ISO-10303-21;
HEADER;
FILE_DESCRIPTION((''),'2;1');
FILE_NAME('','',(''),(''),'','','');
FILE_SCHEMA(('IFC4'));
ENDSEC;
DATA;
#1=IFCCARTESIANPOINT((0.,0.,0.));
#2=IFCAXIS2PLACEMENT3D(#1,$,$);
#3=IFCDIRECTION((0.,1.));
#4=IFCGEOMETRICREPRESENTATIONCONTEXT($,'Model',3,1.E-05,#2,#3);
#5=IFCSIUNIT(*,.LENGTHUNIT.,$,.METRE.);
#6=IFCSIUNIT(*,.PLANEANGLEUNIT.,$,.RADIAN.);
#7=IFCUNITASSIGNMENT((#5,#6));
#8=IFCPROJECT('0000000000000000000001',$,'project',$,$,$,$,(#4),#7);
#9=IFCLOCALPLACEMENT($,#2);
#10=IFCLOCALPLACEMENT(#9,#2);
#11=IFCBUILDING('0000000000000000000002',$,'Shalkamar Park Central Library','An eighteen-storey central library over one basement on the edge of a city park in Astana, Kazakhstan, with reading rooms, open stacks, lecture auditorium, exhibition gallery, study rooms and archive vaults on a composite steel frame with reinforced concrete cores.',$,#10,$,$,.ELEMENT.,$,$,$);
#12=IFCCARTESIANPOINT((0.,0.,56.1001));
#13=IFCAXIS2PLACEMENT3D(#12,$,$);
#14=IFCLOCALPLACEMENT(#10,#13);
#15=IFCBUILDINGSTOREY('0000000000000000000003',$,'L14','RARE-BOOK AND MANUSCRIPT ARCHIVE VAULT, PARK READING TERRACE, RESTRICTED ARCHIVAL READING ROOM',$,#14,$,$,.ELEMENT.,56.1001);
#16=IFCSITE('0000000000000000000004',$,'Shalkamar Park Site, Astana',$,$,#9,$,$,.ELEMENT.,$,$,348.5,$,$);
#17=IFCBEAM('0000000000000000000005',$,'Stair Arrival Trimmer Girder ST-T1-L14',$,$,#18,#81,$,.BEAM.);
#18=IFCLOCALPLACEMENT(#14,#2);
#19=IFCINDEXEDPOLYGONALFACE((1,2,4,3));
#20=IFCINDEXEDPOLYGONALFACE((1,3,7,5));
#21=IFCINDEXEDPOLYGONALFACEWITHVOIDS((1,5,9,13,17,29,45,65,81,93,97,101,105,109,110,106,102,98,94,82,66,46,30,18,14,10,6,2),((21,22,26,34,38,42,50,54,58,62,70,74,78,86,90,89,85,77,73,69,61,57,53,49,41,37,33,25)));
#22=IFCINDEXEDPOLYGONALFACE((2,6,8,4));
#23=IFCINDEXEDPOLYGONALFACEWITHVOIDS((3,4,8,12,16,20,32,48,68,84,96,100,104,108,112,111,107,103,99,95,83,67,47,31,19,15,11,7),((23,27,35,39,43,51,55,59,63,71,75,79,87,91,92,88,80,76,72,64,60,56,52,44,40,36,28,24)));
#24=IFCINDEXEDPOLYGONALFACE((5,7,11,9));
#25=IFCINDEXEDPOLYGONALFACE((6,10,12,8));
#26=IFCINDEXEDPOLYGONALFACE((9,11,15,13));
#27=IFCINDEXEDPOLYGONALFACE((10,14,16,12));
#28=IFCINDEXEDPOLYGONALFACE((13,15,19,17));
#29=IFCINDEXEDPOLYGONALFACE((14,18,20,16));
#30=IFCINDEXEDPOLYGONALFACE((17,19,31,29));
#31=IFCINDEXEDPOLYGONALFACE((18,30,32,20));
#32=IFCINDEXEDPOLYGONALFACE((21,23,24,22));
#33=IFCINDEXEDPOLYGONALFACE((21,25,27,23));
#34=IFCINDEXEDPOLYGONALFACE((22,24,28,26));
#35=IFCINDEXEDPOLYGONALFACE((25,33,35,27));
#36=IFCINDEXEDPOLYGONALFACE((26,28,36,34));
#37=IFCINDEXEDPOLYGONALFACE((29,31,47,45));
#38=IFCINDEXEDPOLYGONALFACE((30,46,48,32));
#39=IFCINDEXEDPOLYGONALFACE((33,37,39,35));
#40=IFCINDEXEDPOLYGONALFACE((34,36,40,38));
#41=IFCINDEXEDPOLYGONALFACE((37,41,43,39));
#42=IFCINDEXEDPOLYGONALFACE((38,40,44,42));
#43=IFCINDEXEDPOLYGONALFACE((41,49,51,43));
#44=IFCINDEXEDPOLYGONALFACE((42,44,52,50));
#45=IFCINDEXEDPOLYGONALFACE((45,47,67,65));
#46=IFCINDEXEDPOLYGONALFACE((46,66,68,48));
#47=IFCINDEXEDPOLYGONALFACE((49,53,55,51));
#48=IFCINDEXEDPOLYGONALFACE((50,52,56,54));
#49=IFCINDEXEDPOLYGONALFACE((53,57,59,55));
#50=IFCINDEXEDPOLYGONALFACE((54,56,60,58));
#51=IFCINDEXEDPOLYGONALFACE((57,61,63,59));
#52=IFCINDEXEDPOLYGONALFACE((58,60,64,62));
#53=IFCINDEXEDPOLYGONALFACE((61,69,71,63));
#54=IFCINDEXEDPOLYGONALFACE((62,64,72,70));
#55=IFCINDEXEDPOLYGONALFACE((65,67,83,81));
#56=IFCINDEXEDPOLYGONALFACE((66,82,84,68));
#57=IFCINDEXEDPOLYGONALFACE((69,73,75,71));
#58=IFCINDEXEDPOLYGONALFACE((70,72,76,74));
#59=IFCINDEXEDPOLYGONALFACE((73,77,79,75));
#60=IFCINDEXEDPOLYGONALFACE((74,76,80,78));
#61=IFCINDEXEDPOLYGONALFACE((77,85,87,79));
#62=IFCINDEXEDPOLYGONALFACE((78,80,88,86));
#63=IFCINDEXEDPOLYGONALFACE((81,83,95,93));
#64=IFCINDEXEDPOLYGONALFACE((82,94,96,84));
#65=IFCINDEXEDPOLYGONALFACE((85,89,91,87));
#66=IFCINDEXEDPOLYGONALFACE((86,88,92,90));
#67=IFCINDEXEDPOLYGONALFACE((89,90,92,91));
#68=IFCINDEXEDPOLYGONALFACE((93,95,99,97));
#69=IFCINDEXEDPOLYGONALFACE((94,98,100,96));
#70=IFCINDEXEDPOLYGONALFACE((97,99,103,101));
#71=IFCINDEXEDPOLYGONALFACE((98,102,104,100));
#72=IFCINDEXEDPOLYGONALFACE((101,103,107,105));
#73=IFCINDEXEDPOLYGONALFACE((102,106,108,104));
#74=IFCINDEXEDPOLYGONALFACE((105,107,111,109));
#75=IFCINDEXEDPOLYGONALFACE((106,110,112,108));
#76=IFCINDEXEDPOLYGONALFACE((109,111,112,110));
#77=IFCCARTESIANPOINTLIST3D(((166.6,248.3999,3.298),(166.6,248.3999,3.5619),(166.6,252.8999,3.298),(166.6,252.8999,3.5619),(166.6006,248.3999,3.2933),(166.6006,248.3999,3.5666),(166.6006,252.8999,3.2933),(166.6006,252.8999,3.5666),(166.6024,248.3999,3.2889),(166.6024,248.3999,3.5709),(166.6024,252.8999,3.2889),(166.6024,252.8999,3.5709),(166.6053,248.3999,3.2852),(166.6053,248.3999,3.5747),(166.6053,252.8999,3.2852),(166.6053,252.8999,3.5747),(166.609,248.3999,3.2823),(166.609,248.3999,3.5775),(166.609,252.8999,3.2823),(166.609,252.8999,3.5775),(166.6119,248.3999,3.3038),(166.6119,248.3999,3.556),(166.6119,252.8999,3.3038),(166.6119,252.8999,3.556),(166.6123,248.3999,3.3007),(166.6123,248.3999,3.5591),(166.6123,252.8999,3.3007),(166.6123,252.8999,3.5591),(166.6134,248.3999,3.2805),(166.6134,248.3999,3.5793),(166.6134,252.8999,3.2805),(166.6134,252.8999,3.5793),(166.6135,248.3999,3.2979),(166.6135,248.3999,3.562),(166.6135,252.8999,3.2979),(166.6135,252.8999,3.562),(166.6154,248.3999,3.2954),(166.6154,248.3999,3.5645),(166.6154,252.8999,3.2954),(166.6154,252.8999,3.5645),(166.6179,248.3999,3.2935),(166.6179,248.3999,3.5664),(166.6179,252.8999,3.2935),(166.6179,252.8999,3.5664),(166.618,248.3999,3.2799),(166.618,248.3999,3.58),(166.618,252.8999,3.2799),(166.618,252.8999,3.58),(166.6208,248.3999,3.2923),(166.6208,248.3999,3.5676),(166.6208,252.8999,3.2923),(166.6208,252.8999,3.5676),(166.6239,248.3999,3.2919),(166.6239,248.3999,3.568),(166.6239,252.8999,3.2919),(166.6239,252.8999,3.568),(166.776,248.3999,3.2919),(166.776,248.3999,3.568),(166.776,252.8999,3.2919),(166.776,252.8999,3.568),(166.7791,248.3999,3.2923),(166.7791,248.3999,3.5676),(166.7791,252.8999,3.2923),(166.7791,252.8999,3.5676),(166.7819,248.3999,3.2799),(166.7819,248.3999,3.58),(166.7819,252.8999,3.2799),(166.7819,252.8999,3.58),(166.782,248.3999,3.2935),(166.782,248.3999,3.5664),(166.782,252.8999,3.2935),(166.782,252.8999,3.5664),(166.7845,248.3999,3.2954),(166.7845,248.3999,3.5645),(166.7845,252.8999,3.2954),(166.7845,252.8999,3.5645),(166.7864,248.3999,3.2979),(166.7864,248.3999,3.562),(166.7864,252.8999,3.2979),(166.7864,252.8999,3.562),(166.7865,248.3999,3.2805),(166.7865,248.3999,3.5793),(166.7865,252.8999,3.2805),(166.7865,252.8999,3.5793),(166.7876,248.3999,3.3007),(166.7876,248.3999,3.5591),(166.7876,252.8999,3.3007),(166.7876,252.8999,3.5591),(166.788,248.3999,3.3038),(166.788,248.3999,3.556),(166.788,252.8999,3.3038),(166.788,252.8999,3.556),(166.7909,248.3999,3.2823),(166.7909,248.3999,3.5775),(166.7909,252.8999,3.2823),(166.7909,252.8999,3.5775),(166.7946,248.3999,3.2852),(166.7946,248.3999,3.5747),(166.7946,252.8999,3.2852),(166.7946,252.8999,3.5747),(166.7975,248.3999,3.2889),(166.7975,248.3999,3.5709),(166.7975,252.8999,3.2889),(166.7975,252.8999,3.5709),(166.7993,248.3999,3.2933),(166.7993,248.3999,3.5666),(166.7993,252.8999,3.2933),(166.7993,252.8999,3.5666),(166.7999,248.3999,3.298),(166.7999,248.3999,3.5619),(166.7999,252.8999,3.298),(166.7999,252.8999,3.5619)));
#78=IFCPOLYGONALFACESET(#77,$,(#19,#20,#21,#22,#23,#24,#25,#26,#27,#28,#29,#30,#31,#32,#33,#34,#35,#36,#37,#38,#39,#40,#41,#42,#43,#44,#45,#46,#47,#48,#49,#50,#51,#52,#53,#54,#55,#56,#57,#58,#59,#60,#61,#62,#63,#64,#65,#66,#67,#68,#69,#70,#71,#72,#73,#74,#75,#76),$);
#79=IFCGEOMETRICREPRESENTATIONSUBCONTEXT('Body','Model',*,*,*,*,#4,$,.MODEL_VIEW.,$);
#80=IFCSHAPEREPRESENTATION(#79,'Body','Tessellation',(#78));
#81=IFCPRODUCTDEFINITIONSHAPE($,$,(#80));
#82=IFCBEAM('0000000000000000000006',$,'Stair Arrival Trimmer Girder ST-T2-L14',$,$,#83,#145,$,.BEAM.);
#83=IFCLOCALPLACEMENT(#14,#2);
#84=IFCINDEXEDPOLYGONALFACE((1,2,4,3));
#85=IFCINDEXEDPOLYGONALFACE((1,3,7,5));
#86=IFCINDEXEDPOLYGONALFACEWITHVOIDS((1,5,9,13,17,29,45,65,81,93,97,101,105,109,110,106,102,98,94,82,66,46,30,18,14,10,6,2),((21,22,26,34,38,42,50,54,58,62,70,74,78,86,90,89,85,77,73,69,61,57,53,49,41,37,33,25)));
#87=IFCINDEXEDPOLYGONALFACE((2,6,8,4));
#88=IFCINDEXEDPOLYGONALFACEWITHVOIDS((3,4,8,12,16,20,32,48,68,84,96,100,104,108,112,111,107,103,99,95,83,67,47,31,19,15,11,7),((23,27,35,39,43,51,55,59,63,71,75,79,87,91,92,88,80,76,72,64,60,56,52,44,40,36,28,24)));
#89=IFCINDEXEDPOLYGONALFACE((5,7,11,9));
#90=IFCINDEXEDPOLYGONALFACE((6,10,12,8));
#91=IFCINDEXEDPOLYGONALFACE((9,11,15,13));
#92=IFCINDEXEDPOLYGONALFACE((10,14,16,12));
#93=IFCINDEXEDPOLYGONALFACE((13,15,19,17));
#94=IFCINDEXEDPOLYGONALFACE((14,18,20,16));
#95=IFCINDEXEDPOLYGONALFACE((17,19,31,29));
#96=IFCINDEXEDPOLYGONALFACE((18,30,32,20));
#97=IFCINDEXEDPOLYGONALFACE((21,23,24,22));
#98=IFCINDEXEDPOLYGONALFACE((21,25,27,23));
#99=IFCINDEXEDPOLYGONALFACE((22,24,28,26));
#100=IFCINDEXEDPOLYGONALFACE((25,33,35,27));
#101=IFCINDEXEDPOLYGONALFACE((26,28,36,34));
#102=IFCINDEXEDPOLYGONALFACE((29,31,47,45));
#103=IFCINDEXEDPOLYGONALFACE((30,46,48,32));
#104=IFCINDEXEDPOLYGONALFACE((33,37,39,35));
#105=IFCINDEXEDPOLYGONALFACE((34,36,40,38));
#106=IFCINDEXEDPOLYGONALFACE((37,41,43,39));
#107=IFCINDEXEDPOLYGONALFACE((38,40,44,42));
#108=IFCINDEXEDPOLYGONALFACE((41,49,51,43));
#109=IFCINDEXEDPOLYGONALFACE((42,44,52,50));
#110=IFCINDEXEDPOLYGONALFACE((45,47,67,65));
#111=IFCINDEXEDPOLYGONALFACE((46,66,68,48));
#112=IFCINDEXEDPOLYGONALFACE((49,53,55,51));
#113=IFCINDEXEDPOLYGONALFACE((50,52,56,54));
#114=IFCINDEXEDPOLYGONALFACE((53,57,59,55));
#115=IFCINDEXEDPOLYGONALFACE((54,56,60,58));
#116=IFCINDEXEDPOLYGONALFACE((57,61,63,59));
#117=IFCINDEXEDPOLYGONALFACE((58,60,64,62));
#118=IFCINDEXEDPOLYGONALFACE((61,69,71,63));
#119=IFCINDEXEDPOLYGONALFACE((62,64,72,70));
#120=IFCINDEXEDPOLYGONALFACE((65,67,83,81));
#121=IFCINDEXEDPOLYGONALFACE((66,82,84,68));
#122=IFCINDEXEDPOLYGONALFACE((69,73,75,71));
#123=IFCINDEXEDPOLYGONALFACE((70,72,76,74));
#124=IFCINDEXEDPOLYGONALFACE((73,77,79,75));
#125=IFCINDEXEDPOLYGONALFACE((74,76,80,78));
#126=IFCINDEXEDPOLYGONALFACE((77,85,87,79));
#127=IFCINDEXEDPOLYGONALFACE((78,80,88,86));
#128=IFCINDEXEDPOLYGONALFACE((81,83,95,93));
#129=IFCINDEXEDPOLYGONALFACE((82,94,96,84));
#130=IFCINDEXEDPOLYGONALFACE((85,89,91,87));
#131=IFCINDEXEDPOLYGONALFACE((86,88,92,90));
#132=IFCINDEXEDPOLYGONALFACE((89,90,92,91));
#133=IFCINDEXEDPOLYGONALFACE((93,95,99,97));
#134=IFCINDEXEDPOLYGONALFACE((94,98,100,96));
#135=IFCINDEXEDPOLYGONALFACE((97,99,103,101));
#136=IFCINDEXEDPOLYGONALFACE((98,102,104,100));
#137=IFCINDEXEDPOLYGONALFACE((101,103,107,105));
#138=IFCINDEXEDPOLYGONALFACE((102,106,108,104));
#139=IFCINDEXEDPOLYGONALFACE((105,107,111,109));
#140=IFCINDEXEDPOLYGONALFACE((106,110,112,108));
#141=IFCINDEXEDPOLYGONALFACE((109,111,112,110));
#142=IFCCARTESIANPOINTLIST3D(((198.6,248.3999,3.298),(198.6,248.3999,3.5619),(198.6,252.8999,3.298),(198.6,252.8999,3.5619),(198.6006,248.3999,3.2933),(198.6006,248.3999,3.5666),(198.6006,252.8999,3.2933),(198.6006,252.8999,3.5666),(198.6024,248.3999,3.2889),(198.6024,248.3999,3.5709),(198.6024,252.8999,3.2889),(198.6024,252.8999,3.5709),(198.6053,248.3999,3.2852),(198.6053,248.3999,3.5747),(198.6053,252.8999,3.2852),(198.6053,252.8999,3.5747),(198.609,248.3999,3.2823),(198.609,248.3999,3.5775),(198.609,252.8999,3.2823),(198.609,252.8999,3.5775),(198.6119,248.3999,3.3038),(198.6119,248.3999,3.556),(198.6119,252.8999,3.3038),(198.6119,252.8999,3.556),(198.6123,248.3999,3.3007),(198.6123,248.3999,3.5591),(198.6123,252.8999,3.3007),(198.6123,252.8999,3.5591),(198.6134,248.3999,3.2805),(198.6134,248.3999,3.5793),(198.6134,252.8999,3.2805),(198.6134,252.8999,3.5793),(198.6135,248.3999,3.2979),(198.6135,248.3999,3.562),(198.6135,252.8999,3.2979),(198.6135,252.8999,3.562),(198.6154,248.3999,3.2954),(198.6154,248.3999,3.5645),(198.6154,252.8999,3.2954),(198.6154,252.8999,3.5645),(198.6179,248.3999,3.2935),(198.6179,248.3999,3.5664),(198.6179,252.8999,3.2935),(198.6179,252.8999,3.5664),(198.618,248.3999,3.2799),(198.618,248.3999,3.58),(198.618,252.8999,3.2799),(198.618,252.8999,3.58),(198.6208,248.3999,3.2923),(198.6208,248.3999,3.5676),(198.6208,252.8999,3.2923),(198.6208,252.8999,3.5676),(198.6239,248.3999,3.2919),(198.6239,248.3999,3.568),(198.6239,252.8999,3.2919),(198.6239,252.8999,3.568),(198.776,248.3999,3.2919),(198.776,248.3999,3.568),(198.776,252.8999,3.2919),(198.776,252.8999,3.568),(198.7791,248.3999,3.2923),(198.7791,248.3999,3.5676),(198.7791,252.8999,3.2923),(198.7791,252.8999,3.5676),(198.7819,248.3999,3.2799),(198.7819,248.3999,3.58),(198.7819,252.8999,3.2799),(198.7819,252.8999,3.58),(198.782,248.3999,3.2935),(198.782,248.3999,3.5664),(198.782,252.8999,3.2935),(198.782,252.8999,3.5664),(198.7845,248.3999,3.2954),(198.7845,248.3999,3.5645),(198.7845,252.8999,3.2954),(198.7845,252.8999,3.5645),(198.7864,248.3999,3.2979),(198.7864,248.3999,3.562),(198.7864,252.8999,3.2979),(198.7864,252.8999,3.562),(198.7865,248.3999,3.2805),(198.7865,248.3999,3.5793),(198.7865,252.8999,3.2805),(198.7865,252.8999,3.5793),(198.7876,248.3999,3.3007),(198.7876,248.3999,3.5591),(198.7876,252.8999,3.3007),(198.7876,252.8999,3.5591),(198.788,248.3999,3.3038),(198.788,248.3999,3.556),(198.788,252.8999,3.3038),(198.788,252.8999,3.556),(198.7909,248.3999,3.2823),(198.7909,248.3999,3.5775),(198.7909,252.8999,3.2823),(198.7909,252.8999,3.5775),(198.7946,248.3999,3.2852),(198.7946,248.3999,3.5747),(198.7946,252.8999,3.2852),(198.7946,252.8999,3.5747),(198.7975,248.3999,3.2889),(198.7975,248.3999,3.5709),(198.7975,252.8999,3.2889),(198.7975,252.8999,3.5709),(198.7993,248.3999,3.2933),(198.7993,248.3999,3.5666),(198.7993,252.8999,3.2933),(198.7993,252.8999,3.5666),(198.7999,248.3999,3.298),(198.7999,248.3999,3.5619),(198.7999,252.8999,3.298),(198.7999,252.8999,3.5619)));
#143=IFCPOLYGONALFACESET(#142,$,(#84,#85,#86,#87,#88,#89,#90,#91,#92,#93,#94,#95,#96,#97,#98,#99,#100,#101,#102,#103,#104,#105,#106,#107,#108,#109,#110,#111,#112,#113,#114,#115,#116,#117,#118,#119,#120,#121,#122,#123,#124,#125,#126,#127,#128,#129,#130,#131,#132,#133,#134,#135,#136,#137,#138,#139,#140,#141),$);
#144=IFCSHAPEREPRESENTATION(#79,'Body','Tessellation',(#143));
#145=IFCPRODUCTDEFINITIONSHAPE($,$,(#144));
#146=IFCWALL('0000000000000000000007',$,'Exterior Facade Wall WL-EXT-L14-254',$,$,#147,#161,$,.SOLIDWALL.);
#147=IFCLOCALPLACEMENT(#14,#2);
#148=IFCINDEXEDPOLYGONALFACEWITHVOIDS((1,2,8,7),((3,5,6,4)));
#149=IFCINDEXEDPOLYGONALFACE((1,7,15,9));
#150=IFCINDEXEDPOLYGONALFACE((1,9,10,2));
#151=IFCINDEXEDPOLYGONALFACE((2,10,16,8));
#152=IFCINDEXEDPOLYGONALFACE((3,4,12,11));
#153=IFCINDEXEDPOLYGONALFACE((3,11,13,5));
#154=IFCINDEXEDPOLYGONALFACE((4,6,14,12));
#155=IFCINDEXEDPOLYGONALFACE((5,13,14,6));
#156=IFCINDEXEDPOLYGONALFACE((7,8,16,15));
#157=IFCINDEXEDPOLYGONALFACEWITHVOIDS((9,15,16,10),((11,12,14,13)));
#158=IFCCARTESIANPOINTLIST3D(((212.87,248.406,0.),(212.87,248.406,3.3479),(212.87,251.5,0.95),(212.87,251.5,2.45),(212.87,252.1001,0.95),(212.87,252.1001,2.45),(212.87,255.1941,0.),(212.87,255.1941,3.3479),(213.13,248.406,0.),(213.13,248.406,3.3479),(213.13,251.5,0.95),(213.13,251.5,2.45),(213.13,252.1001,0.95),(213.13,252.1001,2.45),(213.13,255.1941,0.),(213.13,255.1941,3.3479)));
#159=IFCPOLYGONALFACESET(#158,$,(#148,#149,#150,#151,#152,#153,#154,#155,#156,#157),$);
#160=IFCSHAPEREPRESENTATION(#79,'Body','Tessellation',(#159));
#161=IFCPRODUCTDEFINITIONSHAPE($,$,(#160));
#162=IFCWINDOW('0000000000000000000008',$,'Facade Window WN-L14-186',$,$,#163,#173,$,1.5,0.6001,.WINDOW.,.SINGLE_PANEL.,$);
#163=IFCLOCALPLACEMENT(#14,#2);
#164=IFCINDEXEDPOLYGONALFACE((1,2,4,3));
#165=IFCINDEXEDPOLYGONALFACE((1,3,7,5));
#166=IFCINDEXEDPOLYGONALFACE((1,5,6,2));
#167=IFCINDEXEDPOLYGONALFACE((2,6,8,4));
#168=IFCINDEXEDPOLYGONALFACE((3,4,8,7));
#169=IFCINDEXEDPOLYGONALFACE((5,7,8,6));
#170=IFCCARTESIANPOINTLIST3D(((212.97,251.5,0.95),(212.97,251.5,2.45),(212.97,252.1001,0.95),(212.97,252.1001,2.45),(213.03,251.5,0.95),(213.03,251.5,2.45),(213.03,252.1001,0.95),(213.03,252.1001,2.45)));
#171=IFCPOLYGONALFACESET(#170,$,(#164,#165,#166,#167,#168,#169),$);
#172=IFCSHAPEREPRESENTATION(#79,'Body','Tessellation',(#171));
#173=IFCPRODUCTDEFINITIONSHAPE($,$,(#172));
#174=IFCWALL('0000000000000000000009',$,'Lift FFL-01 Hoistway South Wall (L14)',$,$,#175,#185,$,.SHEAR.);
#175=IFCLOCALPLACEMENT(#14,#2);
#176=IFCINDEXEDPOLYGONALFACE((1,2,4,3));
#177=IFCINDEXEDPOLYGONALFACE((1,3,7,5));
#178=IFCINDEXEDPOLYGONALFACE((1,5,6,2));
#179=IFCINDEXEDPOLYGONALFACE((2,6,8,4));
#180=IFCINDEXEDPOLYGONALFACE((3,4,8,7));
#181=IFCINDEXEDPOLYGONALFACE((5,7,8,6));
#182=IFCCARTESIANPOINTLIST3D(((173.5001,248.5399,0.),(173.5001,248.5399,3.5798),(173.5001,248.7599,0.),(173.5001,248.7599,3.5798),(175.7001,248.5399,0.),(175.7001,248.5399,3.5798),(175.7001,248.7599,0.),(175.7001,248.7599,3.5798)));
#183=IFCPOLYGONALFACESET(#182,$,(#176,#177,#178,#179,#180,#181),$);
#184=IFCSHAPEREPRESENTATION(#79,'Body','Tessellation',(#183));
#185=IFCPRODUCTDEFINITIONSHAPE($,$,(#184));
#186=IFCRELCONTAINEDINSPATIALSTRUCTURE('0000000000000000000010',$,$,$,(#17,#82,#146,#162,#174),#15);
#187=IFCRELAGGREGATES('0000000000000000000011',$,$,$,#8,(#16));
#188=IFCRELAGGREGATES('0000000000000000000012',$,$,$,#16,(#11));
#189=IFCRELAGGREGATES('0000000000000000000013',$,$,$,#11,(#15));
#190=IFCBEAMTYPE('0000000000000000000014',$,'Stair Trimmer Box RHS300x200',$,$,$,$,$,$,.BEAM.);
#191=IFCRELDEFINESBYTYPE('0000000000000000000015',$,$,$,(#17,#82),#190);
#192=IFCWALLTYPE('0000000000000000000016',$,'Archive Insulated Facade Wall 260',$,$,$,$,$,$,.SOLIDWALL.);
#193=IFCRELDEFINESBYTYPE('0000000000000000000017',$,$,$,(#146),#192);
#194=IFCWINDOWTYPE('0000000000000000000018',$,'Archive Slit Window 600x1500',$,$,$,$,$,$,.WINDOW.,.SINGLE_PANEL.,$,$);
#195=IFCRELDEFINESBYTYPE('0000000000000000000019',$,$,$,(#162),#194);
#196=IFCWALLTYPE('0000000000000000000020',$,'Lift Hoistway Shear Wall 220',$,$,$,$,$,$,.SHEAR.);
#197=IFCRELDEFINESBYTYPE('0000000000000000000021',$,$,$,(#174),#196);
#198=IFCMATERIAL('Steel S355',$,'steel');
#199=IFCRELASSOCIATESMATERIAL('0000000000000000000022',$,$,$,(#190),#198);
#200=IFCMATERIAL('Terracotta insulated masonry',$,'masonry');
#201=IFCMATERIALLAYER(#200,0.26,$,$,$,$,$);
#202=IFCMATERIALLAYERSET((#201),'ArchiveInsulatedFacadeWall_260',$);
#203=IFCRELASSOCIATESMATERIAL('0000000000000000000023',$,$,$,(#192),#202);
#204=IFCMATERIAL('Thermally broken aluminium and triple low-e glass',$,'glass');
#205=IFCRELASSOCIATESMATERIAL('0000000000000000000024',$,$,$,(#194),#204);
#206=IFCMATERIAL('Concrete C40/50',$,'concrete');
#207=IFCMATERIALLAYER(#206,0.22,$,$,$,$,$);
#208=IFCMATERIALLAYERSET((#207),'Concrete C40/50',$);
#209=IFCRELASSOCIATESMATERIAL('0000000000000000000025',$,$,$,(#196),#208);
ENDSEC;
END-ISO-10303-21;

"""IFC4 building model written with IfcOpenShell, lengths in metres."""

from ifc_helpers import new_model, si_unit, direction, frame, frame_2d, origin, origin_2d, place, context, subcontext, project, spatial, rectangle, hollow_rectangle, extrude, material, layer, layer_set, material_profile, profile_set, type_object, element, fill, save


model = new_model("IFC4")

# Units and contexts
model_context = context("Model", 3, precision=1e-05, world=origin(), true_north=direction((0.0, 1.0)))
body_context = subcontext(model_context, "Body", "Model", "MODEL_VIEW")
ifc_project = project(units=[si_unit("LENGTHUNIT", "METRE"), si_unit("PLANEANGLEUNIT", "RADIAN")], contexts=[model_context])

# Site, building, storey
site_placement = place(None, origin())
site = spatial("IfcSite", under=ifc_project, at=site_placement, Name="Shalkamar Park Site, Astana", CompositionType="ELEMENT", RefElevation=348.5)
building_placement = place(site_placement, origin())
building = spatial("IfcBuilding", under=site, at=building_placement, Name="Shalkamar Park Central Library", Description="An eighteen-storey central library over one basement on the edge of a city park in Astana, Kazakhstan, with reading rooms, open stacks, lecture auditorium, exhibition gallery, study rooms and archive vaults on a composite steel frame with reinforced concrete cores.", CompositionType="ELEMENT")
storey_placement = place(building_placement, frame((0.0, 0.0, 56.1001)))
storey = spatial("IfcBuildingStorey", under=building, at=storey_placement, Name="L14", Description="RARE-BOOK AND MANUSCRIPT ARCHIVE VAULT, PARK READING TERRACE, RESTRICTED ARCHIVAL READING ROOM", CompositionType="ELEMENT", Elevation=56.1001)

# Beams
ifc_material_1 = material(Name="Steel S355", Category="steel")
ifc_material_profile_1 = material_profile(ifc_material_1, hollow_rectangle(XDim=0.2, YDim=0.3, WallThickness=0.012, InnerFilletRadius=0.012, OuterFilletRadius=0.0181, at=origin_2d()), Name="RHS 300x200x12")
ifc_profile_set_1 = profile_set([ifc_material_profile_1], Name="Steel S355")
beam_type_1 = type_object("IfcBeamType", Name="Stair Trimmer Box RHS300x200", PredefinedType="BEAM", material=ifc_profile_set_1)
for number, where, z_axis, x_axis, name in (
    (1, (166.7, 248.3999, 3.4299), (0.0, 1.0, 0.0), (-1.0, 0.0, 0.0), "Stair Arrival Trimmer Girder ST-T1-L14"),
    (2, (198.7, 248.3999, 3.4299), (0.0, 1.0, 0.0), (-1.0, 0.0, 0.0), "Stair Arrival Trimmer Girder ST-T2-L14"),
):
    element("IfcBeam", number, at=place(storey_placement, frame(where, z_axis=z_axis, x_axis=x_axis)), inside=storey, type_object=beam_type_1, Name=name, PredefinedType="BEAM", context=body_context, shape_type="SweptSolid", body=[
        extrude(hollow_rectangle(XDim=0.2, YDim=0.3, WallThickness=0.012, InnerFilletRadius=0.012, OuterFilletRadius=0.0181, at=origin_2d()), origin(), (0.0, 0.0, 1.0), 4.5),
    ])

# Wall, opening, window
ifc_material_2 = material(Name="Terracotta insulated masonry", Category="masonry")
ifc_layer_1 = layer(ifc_material_2, 0.26)
ifc_layer_set_1 = layer_set([ifc_layer_1], Name="ArchiveInsulatedFacadeWall_260")
wall_type_1 = type_object("IfcWallType", Name="Archive Insulated Facade Wall 260", PredefinedType="SOLIDWALL", material=ifc_layer_set_1)
wall_1_placement = place(storey_placement, frame((213.0, 248.406, 0.0), z_axis=(0.0, 0.0, 1.0), x_axis=(0.0, 1.0, 0.0)))
wall_1 = element("IfcWall", 3, at=wall_1_placement, inside=storey, type_object=wall_type_1, Name="Exterior Facade Wall WL-EXT-L14-254", PredefinedType="SOLIDWALL", context=body_context, shape_type="SweptSolid", body=[
    extrude(rectangle(XDim=6.7881, YDim=0.26, at=frame_2d((3.394, 0.0))), origin(), (0.0, 0.0, 1.0), 3.3479),
])
opening_placement = place(wall_1_placement, frame((3.094, 0.0, 0.95)))
opening = element("IfcOpeningElement", 4, at=opening_placement, cuts=wall_1, PredefinedType="OPENING", context=body_context, shape_type="SweptSolid", body=[
    extrude(rectangle(XDim=0.6001, YDim=1.5, at=frame_2d((0.3, 0.75))), frame((0.0, 0.145, 0.0), z_axis=(0.0, -1.0, 0.0), x_axis=(1.0, 0.0, 0.0)), (0.0, 0.0, 1.0), 0.2898),
])
ifc_material_3 = material(Name="Thermally broken aluminium and triple low-e glass", Category="glass")
window_type = type_object("IfcWindowType", Name="Archive Slit Window 600x1500", PartitioningType="SINGLE_PANEL", PredefinedType="WINDOW", material=ifc_material_3)
window_placement = place(opening_placement, origin())
window = element("IfcWindow", 5, at=window_placement, inside=storey, type_object=window_type, Name="Facade Window WN-L14-186", OverallHeight=1.5, OverallWidth=0.6001, PartitioningType="SINGLE_PANEL", PredefinedType="WINDOW", context=body_context, shape_type="SweptSolid", body=[
    extrude(rectangle(XDim=0.6001, YDim=1.5, at=frame_2d((0.3, 0.75))), frame((0.0, 0.03, 0.0), z_axis=(0.0, -1.0, 0.0), x_axis=(1.0, 0.0, 0.0)), (0.0, 0.0, 1.0), 0.0601),
])
fill(opening, window)

# Wall
ifc_material_4 = material(Name="Concrete C40/50", Category="concrete")
ifc_layer_2 = layer(ifc_material_4, 0.22)
ifc_layer_set_2 = layer_set([ifc_layer_2], Name="Concrete C40/50")
wall_type_2 = type_object("IfcWallType", Name="Lift Hoistway Shear Wall 220", PredefinedType="SHEAR", material=ifc_layer_set_2)
wall_2_placement = place(storey_placement, frame((173.5, 248.6499, 0.0), z_axis=(0.0, 0.0, 1.0), x_axis=(1.0, 0.0, 0.0)))
element("IfcWall", 6, at=wall_2_placement, inside=storey, type_object=wall_type_2, Name="Lift FFL-01 Hoistway South Wall (L14)", PredefinedType="SHEAR", context=body_context, shape_type="SweptSolid", body=[
    extrude(rectangle(XDim=2.2, YDim=0.22, at=frame_2d((1.1001, 0.0))), origin(), (0.0, 0.0, 1.0), 3.5798),
])

save(model, "model.ifc")
